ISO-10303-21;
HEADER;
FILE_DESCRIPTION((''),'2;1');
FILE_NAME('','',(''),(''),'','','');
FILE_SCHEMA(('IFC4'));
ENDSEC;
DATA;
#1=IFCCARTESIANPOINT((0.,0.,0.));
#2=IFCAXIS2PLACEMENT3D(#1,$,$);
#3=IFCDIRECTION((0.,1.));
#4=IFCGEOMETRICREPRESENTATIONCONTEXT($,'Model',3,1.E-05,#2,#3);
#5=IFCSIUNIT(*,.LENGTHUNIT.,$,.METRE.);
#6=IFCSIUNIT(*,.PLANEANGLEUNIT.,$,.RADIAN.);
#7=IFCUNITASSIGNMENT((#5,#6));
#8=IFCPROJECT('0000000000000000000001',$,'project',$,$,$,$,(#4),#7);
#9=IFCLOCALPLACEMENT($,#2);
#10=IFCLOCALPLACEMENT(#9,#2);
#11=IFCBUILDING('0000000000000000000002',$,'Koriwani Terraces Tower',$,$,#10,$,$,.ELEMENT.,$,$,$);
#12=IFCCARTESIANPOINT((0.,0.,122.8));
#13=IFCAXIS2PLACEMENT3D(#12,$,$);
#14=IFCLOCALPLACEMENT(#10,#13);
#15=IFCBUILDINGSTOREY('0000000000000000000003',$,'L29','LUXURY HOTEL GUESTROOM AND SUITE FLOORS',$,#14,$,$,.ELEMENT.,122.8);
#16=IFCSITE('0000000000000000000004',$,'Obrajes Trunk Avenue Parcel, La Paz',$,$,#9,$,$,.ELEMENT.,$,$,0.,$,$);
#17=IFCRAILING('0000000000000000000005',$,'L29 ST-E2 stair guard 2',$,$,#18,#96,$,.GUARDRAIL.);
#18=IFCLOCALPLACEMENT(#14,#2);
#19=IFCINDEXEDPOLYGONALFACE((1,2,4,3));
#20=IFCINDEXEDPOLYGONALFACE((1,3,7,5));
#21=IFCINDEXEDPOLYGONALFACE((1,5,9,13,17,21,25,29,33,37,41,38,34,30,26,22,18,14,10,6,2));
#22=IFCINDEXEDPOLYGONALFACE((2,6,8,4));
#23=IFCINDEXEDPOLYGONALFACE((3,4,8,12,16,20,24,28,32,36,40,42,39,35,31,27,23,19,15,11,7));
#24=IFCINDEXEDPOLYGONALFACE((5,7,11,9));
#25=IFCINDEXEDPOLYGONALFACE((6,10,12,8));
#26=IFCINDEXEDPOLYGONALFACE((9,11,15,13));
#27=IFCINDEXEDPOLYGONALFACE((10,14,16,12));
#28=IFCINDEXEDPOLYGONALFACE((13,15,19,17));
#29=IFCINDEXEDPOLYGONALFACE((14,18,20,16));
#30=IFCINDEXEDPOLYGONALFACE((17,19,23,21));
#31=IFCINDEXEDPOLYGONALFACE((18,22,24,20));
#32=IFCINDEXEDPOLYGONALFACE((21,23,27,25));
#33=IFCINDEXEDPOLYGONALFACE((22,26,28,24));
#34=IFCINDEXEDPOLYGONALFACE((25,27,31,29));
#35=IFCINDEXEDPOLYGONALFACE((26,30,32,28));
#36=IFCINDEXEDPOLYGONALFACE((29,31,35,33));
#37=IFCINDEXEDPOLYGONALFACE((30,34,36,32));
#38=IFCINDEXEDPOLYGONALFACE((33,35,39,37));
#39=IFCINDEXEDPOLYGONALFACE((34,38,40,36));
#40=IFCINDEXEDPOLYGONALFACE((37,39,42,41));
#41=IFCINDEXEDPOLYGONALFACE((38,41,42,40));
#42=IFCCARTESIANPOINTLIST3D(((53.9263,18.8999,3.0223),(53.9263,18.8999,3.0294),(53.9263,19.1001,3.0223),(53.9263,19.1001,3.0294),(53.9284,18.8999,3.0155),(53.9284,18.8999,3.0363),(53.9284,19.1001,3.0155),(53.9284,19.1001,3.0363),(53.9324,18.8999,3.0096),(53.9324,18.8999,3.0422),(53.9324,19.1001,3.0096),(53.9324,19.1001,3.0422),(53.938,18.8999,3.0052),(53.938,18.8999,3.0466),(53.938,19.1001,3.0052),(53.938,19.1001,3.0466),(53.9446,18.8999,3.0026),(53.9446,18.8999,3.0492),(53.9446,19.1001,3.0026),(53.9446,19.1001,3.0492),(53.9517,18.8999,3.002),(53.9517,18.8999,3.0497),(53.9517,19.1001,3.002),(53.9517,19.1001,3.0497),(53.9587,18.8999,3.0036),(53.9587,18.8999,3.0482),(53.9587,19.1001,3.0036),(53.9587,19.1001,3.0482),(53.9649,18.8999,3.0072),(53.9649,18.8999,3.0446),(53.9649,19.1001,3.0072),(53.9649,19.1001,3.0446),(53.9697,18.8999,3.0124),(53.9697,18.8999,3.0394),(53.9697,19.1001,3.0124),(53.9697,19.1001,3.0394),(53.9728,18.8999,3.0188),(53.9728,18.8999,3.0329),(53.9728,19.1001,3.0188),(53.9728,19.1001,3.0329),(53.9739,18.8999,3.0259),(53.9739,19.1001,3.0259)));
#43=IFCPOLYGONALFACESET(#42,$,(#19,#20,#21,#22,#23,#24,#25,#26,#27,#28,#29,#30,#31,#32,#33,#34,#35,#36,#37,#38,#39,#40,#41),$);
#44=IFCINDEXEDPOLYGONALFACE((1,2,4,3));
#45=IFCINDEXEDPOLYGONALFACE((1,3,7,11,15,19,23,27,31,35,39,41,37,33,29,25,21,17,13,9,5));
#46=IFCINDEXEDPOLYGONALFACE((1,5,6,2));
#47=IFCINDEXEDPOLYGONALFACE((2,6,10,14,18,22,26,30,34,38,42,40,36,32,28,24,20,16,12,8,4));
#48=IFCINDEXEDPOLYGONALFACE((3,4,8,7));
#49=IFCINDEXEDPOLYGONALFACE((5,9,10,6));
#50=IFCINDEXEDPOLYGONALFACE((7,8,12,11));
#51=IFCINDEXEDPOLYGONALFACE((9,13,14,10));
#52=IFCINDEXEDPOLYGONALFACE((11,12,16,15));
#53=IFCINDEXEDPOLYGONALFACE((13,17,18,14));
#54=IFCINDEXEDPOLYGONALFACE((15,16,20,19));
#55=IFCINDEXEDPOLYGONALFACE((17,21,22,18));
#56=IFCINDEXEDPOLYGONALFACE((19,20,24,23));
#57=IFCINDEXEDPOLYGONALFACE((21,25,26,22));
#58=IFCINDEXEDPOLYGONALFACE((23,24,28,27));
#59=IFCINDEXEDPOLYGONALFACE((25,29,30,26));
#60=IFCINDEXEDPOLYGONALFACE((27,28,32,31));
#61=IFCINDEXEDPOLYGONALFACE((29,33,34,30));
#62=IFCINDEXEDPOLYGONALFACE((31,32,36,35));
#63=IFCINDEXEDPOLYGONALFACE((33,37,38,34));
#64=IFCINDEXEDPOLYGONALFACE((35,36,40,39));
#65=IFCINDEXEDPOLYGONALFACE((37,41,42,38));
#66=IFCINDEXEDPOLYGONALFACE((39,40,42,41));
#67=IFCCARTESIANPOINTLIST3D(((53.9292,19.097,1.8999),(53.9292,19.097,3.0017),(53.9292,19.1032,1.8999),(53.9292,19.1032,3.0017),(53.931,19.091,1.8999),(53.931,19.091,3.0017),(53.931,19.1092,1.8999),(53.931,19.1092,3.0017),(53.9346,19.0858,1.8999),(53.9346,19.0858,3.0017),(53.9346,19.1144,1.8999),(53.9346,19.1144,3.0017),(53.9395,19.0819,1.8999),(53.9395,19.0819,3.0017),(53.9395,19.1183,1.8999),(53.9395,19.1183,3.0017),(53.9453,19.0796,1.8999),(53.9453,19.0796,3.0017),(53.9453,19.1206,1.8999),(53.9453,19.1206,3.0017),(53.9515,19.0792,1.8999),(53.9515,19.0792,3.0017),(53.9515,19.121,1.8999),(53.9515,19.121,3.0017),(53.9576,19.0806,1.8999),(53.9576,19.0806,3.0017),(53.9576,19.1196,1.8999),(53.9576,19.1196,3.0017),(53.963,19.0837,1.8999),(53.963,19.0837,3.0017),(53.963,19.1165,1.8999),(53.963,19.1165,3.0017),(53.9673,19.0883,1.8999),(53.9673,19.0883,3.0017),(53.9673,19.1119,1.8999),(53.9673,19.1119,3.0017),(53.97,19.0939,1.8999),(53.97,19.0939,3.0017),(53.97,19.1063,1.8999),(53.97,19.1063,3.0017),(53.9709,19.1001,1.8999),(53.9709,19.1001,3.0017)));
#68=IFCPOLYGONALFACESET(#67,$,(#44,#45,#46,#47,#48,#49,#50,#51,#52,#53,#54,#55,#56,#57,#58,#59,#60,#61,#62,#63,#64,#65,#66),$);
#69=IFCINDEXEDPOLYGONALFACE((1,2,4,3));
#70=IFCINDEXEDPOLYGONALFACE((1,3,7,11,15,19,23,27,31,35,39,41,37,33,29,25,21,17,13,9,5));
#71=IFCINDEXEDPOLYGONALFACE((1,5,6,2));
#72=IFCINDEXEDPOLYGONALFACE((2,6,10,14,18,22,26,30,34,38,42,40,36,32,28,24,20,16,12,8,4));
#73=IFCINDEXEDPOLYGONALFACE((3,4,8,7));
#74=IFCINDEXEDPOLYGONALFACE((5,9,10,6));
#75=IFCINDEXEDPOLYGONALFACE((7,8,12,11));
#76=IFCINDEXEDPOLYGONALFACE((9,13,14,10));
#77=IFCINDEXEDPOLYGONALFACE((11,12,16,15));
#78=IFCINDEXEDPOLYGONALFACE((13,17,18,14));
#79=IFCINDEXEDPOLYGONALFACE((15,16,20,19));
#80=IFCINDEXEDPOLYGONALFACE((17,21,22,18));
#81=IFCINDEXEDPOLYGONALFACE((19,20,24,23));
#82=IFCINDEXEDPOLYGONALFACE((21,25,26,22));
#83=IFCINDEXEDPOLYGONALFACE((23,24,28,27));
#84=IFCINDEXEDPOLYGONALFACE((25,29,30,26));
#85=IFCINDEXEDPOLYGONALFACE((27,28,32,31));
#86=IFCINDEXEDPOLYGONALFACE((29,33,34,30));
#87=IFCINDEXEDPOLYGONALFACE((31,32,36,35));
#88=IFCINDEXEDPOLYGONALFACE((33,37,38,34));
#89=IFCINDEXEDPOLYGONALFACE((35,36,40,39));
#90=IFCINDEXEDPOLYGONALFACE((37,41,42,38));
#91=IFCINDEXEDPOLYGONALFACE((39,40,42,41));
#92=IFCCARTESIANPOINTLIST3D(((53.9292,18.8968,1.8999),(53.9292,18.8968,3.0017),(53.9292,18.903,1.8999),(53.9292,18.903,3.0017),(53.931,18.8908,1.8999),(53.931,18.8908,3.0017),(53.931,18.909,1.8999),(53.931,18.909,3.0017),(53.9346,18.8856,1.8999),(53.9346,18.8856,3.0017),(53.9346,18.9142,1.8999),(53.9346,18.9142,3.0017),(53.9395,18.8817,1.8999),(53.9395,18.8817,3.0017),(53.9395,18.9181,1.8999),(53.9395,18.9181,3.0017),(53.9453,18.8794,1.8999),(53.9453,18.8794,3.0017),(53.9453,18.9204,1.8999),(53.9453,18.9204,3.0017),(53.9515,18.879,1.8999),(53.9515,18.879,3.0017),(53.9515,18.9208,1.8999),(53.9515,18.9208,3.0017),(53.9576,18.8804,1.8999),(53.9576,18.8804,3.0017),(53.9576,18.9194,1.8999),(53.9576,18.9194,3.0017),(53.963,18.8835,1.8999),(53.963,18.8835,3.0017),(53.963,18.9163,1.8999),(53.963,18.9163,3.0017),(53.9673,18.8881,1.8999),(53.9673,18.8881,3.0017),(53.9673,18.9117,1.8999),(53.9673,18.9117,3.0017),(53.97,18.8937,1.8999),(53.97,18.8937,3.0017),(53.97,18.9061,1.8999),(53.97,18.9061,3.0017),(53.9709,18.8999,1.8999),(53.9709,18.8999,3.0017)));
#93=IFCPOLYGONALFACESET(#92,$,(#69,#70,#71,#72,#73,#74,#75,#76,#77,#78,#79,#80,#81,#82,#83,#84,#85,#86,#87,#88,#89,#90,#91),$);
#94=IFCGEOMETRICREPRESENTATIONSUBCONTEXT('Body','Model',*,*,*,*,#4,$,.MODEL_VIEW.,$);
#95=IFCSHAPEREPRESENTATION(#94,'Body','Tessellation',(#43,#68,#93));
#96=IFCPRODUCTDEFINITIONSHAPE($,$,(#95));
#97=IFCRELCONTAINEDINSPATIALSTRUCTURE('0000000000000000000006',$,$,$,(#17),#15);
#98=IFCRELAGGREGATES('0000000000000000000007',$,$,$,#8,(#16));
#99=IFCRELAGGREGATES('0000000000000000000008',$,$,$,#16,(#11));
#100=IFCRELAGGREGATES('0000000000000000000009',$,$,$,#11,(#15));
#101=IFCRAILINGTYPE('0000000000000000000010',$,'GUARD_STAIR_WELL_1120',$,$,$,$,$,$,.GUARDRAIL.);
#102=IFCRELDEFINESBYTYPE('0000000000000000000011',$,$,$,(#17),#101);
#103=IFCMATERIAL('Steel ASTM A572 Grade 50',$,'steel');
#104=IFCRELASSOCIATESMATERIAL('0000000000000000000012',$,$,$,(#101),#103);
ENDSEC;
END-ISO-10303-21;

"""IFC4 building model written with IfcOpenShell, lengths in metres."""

from ifc_helpers import new_model, si_unit, direction, frame, origin, origin_2d, place, context, subcontext, project, spatial, circle, extrude, material, type_object, element, save


model = new_model("IFC4")

# Units and contexts
model_context = context("Model", 3, precision=1e-05, world=origin(), true_north=direction((0.0, 1.0)))
body_context = subcontext(model_context, "Body", "Model", "MODEL_VIEW")
ifc_project = project(units=[si_unit("LENGTHUNIT", "METRE"), si_unit("PLANEANGLEUNIT", "RADIAN")], contexts=[model_context])

# Site, building, storey
site_placement = place(None, origin())
site = spatial("IfcSite", under=ifc_project, at=site_placement, Name="Obrajes Trunk Avenue Parcel, La Paz", CompositionType="ELEMENT", RefElevation=0.0)
building_placement = place(site_placement, origin())
building = spatial("IfcBuilding", under=site, at=building_placement, Name="Koriwani Terraces Tower", CompositionType="ELEMENT")
storey_placement = place(building_placement, frame((0.0, 0.0, 122.8)))
storey = spatial("IfcBuildingStorey", under=building, at=storey_placement, Name="L29", Description="LUXURY HOTEL GUESTROOM AND SUITE FLOORS", CompositionType="ELEMENT", Elevation=122.8)

# Shared definitions
ifc_material_1 = material(Name="Steel ASTM A572 Grade 50", Category="steel")

# Railing
railing_type_1 = type_object("IfcRailingType", Name="GUARD_STAIR_WELL_1120", PredefinedType="GUARDRAIL", material=ifc_material_1)
railing_1_placement = place(storey_placement, frame((53.95, 19.1001, 1.8999)))
element("IfcRailing", 1, at=railing_1_placement, inside=storey, type_object=railing_type_1, Name="L29 ST-E2 stair guard 2", PredefinedType="GUARDRAIL", context=body_context, shape_type="SweptSolid", body=[
    extrude(circle(Radius=0.0239, at=origin_2d()), frame((0.0, 0.0, 1.126), z_axis=(0.0, -1.0, 0.0), x_axis=(1.0, 0.0, 0.0)), (0.0, 0.0, 1.0), 0.2002),
    extrude(circle(Radius=0.021, at=origin_2d()), origin(), (0.0, 0.0, 1.0), 1.1018),
    extrude(circle(Radius=0.021, at=origin_2d()), frame((0.0, -0.2002, 0.0)), (0.0, 0.0, 1.0), 1.1018),
])

save(model, "model.ifc")
